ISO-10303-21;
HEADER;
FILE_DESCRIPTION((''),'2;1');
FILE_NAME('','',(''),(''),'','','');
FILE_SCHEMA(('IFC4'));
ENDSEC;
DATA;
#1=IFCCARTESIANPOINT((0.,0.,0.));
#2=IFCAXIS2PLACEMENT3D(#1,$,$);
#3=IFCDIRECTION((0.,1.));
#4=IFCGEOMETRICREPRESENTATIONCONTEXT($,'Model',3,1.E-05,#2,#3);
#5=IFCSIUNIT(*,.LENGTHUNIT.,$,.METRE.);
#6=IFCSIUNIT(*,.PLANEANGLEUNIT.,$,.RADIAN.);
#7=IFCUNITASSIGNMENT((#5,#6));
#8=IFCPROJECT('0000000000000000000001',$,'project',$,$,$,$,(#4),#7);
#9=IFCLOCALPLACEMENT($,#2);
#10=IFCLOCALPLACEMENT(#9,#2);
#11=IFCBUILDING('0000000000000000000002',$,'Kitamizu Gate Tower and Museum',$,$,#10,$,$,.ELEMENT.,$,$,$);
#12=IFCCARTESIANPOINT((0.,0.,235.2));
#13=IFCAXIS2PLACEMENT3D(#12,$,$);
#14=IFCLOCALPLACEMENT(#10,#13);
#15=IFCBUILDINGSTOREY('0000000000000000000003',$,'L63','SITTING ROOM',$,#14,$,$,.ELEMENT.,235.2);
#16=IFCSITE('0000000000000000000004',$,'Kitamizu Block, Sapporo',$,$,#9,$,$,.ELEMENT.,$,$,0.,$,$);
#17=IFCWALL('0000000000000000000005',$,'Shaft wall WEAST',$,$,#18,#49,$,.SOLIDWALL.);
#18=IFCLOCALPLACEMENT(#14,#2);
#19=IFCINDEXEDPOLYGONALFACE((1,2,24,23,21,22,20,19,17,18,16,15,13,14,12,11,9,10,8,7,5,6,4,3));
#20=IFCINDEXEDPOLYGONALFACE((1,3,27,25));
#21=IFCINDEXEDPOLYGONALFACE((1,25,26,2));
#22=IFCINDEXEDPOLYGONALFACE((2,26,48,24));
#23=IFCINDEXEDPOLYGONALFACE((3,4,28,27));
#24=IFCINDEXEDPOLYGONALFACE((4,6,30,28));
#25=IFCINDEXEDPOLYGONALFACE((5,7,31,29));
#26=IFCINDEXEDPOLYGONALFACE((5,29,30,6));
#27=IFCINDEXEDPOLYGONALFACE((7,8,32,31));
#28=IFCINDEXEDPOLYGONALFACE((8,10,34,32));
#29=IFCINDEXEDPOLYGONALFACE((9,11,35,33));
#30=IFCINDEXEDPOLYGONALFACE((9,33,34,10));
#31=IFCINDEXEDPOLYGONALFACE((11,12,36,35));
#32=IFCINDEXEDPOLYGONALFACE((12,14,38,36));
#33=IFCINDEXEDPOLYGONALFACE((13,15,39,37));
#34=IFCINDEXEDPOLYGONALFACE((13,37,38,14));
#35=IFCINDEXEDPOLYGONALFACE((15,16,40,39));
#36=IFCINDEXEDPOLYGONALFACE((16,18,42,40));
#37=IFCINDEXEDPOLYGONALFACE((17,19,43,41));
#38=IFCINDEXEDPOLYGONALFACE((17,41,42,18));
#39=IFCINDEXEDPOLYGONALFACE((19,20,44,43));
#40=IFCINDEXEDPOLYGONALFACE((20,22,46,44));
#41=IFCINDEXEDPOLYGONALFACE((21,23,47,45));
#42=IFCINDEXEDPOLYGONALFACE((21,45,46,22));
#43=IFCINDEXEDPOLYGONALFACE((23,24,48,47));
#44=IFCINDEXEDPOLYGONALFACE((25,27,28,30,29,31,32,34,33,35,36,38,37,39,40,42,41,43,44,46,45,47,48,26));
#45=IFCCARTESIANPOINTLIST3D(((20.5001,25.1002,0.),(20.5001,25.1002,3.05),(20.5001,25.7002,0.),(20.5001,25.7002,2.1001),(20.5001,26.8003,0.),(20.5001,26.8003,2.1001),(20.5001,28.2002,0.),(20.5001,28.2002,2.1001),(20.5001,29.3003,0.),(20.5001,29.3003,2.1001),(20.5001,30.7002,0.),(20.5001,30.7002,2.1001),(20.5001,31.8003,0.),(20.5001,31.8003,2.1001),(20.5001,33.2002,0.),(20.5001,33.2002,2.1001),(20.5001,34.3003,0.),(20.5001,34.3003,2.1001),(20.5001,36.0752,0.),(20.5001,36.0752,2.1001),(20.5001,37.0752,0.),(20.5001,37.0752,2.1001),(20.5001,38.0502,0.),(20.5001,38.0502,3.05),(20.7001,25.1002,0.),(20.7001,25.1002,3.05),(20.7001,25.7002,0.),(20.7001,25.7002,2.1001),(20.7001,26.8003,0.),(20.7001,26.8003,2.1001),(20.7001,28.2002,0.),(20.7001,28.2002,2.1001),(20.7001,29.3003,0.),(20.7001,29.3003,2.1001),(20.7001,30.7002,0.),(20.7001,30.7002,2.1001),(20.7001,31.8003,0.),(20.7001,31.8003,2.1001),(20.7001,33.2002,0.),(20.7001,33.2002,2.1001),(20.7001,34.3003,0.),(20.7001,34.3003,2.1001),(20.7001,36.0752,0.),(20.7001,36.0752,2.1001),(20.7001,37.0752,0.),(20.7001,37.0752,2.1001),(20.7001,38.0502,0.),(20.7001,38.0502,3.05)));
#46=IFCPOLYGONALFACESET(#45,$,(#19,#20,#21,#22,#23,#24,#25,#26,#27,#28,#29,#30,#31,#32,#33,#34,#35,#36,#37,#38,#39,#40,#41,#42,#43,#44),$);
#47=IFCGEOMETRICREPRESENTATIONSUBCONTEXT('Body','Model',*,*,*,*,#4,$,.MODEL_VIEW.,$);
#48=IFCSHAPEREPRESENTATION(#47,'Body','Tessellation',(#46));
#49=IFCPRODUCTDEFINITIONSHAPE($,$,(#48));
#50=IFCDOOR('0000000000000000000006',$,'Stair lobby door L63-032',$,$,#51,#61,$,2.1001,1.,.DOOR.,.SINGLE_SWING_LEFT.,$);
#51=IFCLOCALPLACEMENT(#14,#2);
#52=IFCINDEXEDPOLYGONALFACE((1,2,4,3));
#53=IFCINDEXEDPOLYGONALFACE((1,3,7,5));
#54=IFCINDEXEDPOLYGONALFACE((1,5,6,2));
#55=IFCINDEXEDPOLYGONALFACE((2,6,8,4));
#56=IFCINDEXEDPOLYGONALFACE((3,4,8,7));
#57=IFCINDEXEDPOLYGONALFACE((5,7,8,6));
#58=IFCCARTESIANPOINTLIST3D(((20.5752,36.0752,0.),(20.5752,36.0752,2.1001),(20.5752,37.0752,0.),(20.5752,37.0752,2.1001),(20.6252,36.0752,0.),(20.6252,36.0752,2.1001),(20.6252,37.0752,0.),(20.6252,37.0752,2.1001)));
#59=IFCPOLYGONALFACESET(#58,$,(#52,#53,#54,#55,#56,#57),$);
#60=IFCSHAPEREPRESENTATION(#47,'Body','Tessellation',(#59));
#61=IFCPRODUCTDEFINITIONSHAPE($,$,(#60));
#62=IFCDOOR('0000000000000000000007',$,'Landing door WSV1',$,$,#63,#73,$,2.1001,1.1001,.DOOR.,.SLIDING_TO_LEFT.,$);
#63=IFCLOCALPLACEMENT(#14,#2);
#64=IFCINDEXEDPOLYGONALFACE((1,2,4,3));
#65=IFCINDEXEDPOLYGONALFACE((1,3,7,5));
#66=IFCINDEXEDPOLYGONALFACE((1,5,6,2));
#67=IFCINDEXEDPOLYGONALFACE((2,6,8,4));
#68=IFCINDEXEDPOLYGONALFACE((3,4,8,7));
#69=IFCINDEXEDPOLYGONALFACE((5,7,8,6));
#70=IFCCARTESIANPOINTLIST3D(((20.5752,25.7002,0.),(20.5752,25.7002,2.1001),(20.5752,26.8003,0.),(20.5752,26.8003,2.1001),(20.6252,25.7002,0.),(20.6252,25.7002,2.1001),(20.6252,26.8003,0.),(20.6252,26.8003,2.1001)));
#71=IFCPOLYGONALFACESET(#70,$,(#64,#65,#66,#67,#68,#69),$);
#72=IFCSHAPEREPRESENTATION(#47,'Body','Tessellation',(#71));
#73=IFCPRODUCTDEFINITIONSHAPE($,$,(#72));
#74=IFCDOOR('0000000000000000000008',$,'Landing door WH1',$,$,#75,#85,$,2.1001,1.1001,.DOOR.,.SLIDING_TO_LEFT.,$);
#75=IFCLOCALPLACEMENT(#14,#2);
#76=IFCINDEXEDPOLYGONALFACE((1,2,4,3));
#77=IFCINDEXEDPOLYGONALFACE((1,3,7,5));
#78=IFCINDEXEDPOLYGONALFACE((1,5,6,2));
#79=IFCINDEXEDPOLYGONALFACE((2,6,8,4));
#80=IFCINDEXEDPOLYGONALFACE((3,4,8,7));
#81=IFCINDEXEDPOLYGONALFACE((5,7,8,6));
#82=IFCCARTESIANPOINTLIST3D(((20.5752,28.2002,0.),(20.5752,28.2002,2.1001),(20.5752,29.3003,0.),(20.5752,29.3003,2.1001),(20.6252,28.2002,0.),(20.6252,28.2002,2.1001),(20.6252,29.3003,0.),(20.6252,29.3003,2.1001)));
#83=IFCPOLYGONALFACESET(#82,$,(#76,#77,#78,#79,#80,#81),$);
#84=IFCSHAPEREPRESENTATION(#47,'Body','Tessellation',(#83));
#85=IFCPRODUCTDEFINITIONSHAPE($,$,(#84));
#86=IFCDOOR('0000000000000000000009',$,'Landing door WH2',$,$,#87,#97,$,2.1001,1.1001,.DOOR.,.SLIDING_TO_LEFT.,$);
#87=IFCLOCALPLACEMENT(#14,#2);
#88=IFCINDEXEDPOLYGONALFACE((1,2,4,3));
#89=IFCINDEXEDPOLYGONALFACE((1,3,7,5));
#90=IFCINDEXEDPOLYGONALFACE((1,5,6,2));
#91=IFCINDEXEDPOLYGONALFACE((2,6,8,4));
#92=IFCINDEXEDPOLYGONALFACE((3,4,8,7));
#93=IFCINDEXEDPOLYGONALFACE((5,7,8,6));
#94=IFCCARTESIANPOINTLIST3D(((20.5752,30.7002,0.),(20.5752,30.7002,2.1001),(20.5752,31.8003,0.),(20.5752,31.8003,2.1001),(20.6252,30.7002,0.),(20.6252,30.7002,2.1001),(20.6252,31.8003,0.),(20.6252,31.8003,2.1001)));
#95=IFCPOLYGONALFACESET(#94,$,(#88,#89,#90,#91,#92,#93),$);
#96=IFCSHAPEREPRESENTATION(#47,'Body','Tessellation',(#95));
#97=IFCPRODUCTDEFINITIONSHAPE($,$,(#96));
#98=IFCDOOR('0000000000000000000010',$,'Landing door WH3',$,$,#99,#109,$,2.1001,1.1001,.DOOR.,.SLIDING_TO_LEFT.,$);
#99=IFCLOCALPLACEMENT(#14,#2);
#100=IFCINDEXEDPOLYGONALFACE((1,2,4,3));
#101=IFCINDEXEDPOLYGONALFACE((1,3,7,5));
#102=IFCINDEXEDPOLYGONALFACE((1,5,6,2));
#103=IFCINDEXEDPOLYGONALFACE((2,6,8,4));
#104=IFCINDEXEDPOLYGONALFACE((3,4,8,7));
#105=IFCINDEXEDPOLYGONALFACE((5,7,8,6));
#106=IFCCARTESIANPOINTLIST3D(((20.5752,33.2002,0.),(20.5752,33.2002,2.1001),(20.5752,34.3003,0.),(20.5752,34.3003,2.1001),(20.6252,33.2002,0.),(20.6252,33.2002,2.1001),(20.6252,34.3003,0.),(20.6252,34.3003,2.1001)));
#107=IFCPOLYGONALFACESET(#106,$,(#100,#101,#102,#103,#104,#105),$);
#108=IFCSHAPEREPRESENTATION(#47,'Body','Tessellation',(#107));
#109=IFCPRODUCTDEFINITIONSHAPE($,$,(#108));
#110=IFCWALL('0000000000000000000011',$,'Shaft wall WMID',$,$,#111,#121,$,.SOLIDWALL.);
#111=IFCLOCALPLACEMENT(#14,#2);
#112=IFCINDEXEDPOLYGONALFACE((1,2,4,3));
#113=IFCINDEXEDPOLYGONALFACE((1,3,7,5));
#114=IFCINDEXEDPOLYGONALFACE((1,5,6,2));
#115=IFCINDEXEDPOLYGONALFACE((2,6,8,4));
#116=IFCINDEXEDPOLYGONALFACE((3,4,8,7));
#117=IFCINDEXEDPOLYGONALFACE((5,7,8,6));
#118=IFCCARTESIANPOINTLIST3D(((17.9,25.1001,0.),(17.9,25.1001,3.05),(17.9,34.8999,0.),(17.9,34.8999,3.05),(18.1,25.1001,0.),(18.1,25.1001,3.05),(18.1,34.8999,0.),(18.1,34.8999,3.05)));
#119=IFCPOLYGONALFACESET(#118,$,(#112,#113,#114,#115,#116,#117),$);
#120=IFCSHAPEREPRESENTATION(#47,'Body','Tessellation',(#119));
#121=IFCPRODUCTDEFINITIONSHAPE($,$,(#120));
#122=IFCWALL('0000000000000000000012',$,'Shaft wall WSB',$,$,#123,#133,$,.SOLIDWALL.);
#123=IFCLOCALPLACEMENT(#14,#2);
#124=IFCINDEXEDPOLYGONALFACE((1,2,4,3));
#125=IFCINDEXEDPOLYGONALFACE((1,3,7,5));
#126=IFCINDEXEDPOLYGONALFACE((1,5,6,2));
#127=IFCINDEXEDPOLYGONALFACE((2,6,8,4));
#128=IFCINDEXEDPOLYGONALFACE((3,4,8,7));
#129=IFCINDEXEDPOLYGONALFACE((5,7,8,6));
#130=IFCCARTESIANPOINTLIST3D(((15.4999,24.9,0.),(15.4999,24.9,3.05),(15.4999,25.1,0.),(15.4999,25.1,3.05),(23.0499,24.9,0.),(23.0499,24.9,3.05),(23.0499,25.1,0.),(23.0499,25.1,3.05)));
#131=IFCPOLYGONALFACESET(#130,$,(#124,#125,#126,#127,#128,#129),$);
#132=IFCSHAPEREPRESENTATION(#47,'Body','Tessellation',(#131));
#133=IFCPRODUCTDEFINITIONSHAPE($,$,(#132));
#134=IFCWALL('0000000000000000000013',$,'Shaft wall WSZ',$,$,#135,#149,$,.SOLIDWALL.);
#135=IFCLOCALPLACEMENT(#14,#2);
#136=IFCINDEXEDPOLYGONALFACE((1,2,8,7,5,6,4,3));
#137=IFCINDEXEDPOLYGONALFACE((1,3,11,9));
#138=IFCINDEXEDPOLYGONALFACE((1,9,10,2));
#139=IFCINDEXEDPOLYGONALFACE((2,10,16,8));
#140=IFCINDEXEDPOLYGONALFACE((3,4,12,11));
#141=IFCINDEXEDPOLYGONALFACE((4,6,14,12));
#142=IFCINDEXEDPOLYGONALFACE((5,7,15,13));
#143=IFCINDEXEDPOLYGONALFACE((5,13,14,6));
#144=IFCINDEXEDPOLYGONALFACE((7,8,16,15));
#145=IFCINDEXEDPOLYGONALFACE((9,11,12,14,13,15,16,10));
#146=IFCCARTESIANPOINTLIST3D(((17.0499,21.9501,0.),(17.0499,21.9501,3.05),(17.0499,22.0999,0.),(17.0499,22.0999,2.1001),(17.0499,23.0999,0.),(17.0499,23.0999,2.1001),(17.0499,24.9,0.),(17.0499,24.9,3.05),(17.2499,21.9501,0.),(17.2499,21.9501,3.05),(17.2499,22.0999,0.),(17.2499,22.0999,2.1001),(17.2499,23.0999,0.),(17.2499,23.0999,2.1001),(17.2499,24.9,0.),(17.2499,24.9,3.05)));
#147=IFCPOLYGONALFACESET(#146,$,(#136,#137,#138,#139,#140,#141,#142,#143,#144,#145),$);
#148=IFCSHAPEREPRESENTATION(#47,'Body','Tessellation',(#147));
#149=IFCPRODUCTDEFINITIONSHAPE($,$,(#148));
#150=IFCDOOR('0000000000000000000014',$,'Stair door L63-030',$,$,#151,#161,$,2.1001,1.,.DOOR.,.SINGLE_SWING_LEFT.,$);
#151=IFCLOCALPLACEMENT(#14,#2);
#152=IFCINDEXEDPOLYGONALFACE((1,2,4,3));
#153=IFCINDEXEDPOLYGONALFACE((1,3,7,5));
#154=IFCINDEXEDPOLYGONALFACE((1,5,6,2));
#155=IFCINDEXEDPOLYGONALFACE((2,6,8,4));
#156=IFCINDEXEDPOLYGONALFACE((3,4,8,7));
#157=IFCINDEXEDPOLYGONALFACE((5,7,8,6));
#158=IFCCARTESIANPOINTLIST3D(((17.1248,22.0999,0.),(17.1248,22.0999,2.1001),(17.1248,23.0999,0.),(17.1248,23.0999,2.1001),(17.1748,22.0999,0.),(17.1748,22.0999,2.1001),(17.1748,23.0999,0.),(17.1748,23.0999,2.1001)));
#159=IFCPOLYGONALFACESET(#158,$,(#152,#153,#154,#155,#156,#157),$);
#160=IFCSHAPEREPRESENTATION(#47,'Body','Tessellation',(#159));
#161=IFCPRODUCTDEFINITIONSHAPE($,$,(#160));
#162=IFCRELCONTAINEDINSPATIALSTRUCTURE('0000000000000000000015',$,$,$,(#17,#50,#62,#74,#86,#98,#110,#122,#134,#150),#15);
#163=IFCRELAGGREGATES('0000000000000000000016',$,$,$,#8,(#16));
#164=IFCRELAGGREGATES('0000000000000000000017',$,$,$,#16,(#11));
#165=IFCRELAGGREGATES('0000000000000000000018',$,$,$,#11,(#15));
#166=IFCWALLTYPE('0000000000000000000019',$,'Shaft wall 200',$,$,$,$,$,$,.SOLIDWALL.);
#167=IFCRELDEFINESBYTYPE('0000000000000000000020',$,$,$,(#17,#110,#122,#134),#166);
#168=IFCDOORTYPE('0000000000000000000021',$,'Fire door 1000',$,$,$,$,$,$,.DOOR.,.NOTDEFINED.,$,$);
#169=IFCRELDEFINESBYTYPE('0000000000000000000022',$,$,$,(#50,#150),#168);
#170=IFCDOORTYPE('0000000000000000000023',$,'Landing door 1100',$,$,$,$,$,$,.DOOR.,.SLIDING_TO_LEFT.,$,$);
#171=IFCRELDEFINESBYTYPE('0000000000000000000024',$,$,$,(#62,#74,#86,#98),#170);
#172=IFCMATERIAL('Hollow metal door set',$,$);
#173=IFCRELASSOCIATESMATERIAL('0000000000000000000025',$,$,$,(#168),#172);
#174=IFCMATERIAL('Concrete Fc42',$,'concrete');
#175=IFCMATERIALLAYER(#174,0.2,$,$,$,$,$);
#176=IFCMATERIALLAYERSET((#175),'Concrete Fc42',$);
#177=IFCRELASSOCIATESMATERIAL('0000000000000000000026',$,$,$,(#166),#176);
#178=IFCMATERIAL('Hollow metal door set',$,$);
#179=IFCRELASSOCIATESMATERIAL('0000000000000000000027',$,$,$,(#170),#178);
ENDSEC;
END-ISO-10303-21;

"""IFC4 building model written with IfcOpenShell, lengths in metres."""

from ifc_helpers import new_model, si_unit, direction, frame, frame_2d, origin, place, context, subcontext, project, spatial, rectangle, extrude, material, layer, layer_set, type_object, element, fill, save


model = new_model("IFC4")

# Units and contexts
model_context = context("Model", 3, precision=1e-05, world=origin(), true_north=direction((0.0, 1.0)))
body_context = subcontext(model_context, "Body", "Model", "MODEL_VIEW")
ifc_project = project(units=[si_unit("LENGTHUNIT", "METRE"), si_unit("PLANEANGLEUNIT", "RADIAN")], contexts=[model_context])

# Site, building, storey
site_placement = place(None, origin())
site = spatial("IfcSite", under=ifc_project, at=site_placement, Name="Kitamizu Block, Sapporo", CompositionType="ELEMENT", RefElevation=0.0)
building_placement = place(site_placement, origin())
building = spatial("IfcBuilding", under=site, at=building_placement, Name="Kitamizu Gate Tower and Museum", CompositionType="ELEMENT")
storey_placement = place(building_placement, frame((0.0, 0.0, 235.2)))
storey = spatial("IfcBuildingStorey", under=building, at=storey_placement, Name="L63", Description="SITTING ROOM", CompositionType="ELEMENT", Elevation=235.2)

# Shared definitions
ifc_material_1 = material(Name="Hollow metal door set")
door_type_1 = type_object("IfcDoorType", Name="Fire door 1000", OperationType="NOTDEFINED", PredefinedType="DOOR", material=ifc_material_1)

# Wall, openings, doors
ifc_material_2 = material(Name="Concrete Fc42", Category="concrete")
ifc_layer_1 = layer(ifc_material_2, 0.2)
ifc_layer_set_1 = layer_set([ifc_layer_1], Name="Concrete Fc42")
wall_type_1 = type_object("IfcWallType", Name="Shaft wall 200", PredefinedType="SOLIDWALL", material=ifc_layer_set_1)
ifc_material_3 = material(Name="Hollow metal door set")
door_type_2 = type_object("IfcDoorType", Name="Landing door 1100", OperationType="SLIDING_TO_LEFT", PredefinedType="DOOR", material=ifc_material_3)
wall_1_placement = place(storey_placement, frame((20.6001, 25.1001, 0.0), z_axis=(0.0, 0.0, 1.0), x_axis=(0.0, 1.0, 0.0)))
wall_1 = element("IfcWall", 1, at=wall_1_placement, inside=storey, type_object=wall_type_1, Name="Shaft wall WEAST", PredefinedType="SOLIDWALL", context=body_context, shape_type="SweptSolid", body=[
    extrude(rectangle(XDim=12.95, YDim=0.2, at=frame_2d((6.4751, 0.0))), origin(), (0.0, 0.0, 1.0), 3.05),
])
opening_1_placement = place(wall_1_placement, frame((0.6001, 0.0, 0.0)))
opening_1 = element("IfcOpeningElement", 2, at=opening_1_placement, cuts=wall_1, PredefinedType="OPENING", context=body_context, shape_type="SweptSolid", body=[
    extrude(rectangle(XDim=1.1001, YDim=2.1001, at=frame_2d((0.55, 1.05))), frame((0.0, 0.1099, 0.0), z_axis=(0.0, -1.0, 0.0), x_axis=(1.0, 0.0, 0.0)), (0.0, 0.0, 1.0), 0.22),
])
opening_2_placement = place(wall_1_placement, frame((3.1001, 0.0, 0.0)))
opening_2 = element("IfcOpeningElement", 3, at=opening_2_placement, cuts=wall_1, PredefinedType="OPENING", context=body_context, shape_type="SweptSolid", body=[
    extrude(rectangle(XDim=1.1001, YDim=2.1001, at=frame_2d((0.55, 1.05))), frame((0.0, 0.1099, 0.0), z_axis=(0.0, -1.0, 0.0), x_axis=(1.0, 0.0, 0.0)), (0.0, 0.0, 1.0), 0.22),
])
opening_3_placement = place(wall_1_placement, frame((5.6001, 0.0, 0.0)))
opening_3 = element("IfcOpeningElement", 4, at=opening_3_placement, cuts=wall_1, PredefinedType="OPENING", context=body_context, shape_type="SweptSolid", body=[
    extrude(rectangle(XDim=1.1001, YDim=2.1001, at=frame_2d((0.55, 1.05))), frame((0.0, 0.1099, 0.0), z_axis=(0.0, -1.0, 0.0), x_axis=(1.0, 0.0, 0.0)), (0.0, 0.0, 1.0), 0.22),
])
opening_4_placement = place(wall_1_placement, frame((8.1001, 0.0, 0.0)))
opening_4 = element("IfcOpeningElement", 5, at=opening_4_placement, cuts=wall_1, PredefinedType="OPENING", context=body_context, shape_type="SweptSolid", body=[
    extrude(rectangle(XDim=1.1001, YDim=2.1001, at=frame_2d((0.55, 1.05))), frame((0.0, 0.1099, 0.0), z_axis=(0.0, -1.0, 0.0), x_axis=(1.0, 0.0, 0.0)), (0.0, 0.0, 1.0), 0.22),
])
opening_5_placement = place(wall_1_placement, frame((10.9751, 0.0, 0.0)))
opening_5 = element("IfcOpeningElement", 6, at=opening_5_placement, cuts=wall_1, PredefinedType="OPENING", context=body_context, shape_type="SweptSolid", body=[
    extrude(rectangle(XDim=1.0, YDim=2.1001, at=frame_2d((0.5, 1.05))), frame((0.0, 0.1099, 0.0), z_axis=(0.0, -1.0, 0.0), x_axis=(1.0, 0.0, 0.0)), (0.0, 0.0, 1.0), 0.22),
])
door_1_placement = place(opening_5_placement, origin())
door_1 = element("IfcDoor", 7, at=door_1_placement, inside=storey, type_object=door_type_1, Name="Stair lobby door L63-032", OperationType="SINGLE_SWING_LEFT", OverallHeight=2.1001, OverallWidth=1.0, PredefinedType="DOOR", context=body_context, shape_type="SweptSolid", body=[
    extrude(rectangle(XDim=1.0, YDim=2.1001, at=frame_2d((0.5, 1.05))), frame((0.0, 0.0249, 0.0), z_axis=(0.0, -1.0, 0.0), x_axis=(1.0, 0.0, 0.0)), (0.0, 0.0, 1.0), 0.05),
])
fill(opening_5, door_1)
door_2_placement = place(opening_1_placement, origin())
door_2 = element("IfcDoor", 8, at=door_2_placement, inside=storey, type_object=door_type_2, Name="Landing door WSV1", OperationType="SLIDING_TO_LEFT", OverallHeight=2.1001, OverallWidth=1.1001, PredefinedType="DOOR", context=body_context, shape_type="SweptSolid", body=[
    extrude(rectangle(XDim=1.1001, YDim=2.1001, at=frame_2d((0.55, 1.05))), frame((0.0, 0.0249, 0.0), z_axis=(0.0, -1.0, 0.0), x_axis=(1.0, 0.0, 0.0)), (0.0, 0.0, 1.0), 0.05),
])
fill(opening_1, door_2)
door_3_placement = place(opening_2_placement, origin())
door_3 = element("IfcDoor", 9, at=door_3_placement, inside=storey, type_object=door_type_2, Name="Landing door WH1", OperationType="SLIDING_TO_LEFT", OverallHeight=2.1001, OverallWidth=1.1001, PredefinedType="DOOR", context=body_context, shape_type="SweptSolid", body=[
    extrude(rectangle(XDim=1.1001, YDim=2.1001, at=frame_2d((0.55, 1.05))), frame((0.0, 0.0249, 0.0), z_axis=(0.0, -1.0, 0.0), x_axis=(1.0, 0.0, 0.0)), (0.0, 0.0, 1.0), 0.05),
])
fill(opening_2, door_3)
door_4_placement = place(opening_3_placement, origin())
door_4 = element("IfcDoor", 10, at=door_4_placement, inside=storey, type_object=door_type_2, Name="Landing door WH2", OperationType="SLIDING_TO_LEFT", OverallHeight=2.1001, OverallWidth=1.1001, PredefinedType="DOOR", context=body_context, shape_type="SweptSolid", body=[
    extrude(rectangle(XDim=1.1001, YDim=2.1001, at=frame_2d((0.55, 1.05))), frame((0.0, 0.0249, 0.0), z_axis=(0.0, -1.0, 0.0), x_axis=(1.0, 0.0, 0.0)), (0.0, 0.0, 1.0), 0.05),
])
fill(opening_3, door_4)
door_5_placement = place(opening_4_placement, origin())
door_5 = element("IfcDoor", 11, at=door_5_placement, inside=storey, type_object=door_type_2, Name="Landing door WH3", OperationType="SLIDING_TO_LEFT", OverallHeight=2.1001, OverallWidth=1.1001, PredefinedType="DOOR", context=body_context, shape_type="SweptSolid", body=[
    extrude(rectangle(XDim=1.1001, YDim=2.1001, at=frame_2d((0.55, 1.05))), frame((0.0, 0.0249, 0.0), z_axis=(0.0, -1.0, 0.0), x_axis=(1.0, 0.0, 0.0)), (0.0, 0.0, 1.0), 0.05),
])
fill(opening_4, door_5)

# Walls
wall_2_placement = place(storey_placement, frame((18.0, 25.1001, 0.0), z_axis=(0.0, 0.0, 1.0), x_axis=(0.0, 1.0, 0.0)))
element("IfcWall", 12, at=wall_2_placement, inside=storey, type_object=wall_type_1, Name="Shaft wall WMID", PredefinedType="SOLIDWALL", context=body_context, shape_type="SweptSolid", body=[
    extrude(rectangle(XDim=9.7998, YDim=0.2, at=frame_2d((4.8999, 0.0))), origin(), (0.0, 0.0, 1.0), 3.05),
])
wall_3_placement = place(storey_placement, frame((15.5, 25.0, 0.0), z_axis=(0.0, 0.0, 1.0), x_axis=(1.0, 0.0, 0.0)))
element("IfcWall", 13, at=wall_3_placement, inside=storey, type_object=wall_type_1, Name="Shaft wall WSB", PredefinedType="SOLIDWALL", context=body_context, shape_type="SweptSolid", body=[
    extrude(rectangle(XDim=7.55, YDim=0.2, at=frame_2d((3.7749, 0.0))), origin(), (0.0, 0.0, 1.0), 3.05),
])

# Wall, opening, door
wall_4_placement = place(storey_placement, frame((17.1499, 21.95, 0.0), z_axis=(0.0, 0.0, 1.0), x_axis=(0.0, 1.0, 0.0)))
wall_4 = element("IfcWall", 14, at=wall_4_placement, inside=storey, type_object=wall_type_1, Name="Shaft wall WSZ", PredefinedType="SOLIDWALL", context=body_context, shape_type="SweptSolid", body=[
    extrude(rectangle(XDim=2.95, YDim=0.2, at=frame_2d((1.4751, 0.0))), origin(), (0.0, 0.0, 1.0), 3.05),
])
opening_6_placement = place(wall_4_placement, frame((0.1499, 0.0, 0.0)))
opening_6 = element("IfcOpeningElement", 15, at=opening_6_placement, cuts=wall_4, PredefinedType="OPENING", context=body_context, shape_type="SweptSolid", body=[
    extrude(rectangle(XDim=1.0, YDim=2.1001, at=frame_2d((0.5, 1.05))), frame((0.0, 0.1099, 0.0), z_axis=(0.0, -1.0, 0.0), x_axis=(1.0, 0.0, 0.0)), (0.0, 0.0, 1.0), 0.22),
])
door_6_placement = place(opening_6_placement, frame((1.0, 0.0, 0.0), x_axis=(-1.0, 0.0, 0.0)))
door_6 = element("IfcDoor", 16, at=door_6_placement, inside=storey, type_object=door_type_1, Name="Stair door L63-030", OperationType="SINGLE_SWING_LEFT", OverallHeight=2.1001, OverallWidth=1.0, PredefinedType="DOOR", context=body_context, shape_type="SweptSolid", body=[
    extrude(rectangle(XDim=1.0, YDim=2.1001, at=frame_2d((0.5, 1.05))), frame((0.0, 0.0249, 0.0), z_axis=(0.0, -1.0, 0.0), x_axis=(1.0, 0.0, 0.0)), (0.0, 0.0, 1.0), 0.05),
])
fill(opening_6, door_6)

save(model, "model.ifc")
